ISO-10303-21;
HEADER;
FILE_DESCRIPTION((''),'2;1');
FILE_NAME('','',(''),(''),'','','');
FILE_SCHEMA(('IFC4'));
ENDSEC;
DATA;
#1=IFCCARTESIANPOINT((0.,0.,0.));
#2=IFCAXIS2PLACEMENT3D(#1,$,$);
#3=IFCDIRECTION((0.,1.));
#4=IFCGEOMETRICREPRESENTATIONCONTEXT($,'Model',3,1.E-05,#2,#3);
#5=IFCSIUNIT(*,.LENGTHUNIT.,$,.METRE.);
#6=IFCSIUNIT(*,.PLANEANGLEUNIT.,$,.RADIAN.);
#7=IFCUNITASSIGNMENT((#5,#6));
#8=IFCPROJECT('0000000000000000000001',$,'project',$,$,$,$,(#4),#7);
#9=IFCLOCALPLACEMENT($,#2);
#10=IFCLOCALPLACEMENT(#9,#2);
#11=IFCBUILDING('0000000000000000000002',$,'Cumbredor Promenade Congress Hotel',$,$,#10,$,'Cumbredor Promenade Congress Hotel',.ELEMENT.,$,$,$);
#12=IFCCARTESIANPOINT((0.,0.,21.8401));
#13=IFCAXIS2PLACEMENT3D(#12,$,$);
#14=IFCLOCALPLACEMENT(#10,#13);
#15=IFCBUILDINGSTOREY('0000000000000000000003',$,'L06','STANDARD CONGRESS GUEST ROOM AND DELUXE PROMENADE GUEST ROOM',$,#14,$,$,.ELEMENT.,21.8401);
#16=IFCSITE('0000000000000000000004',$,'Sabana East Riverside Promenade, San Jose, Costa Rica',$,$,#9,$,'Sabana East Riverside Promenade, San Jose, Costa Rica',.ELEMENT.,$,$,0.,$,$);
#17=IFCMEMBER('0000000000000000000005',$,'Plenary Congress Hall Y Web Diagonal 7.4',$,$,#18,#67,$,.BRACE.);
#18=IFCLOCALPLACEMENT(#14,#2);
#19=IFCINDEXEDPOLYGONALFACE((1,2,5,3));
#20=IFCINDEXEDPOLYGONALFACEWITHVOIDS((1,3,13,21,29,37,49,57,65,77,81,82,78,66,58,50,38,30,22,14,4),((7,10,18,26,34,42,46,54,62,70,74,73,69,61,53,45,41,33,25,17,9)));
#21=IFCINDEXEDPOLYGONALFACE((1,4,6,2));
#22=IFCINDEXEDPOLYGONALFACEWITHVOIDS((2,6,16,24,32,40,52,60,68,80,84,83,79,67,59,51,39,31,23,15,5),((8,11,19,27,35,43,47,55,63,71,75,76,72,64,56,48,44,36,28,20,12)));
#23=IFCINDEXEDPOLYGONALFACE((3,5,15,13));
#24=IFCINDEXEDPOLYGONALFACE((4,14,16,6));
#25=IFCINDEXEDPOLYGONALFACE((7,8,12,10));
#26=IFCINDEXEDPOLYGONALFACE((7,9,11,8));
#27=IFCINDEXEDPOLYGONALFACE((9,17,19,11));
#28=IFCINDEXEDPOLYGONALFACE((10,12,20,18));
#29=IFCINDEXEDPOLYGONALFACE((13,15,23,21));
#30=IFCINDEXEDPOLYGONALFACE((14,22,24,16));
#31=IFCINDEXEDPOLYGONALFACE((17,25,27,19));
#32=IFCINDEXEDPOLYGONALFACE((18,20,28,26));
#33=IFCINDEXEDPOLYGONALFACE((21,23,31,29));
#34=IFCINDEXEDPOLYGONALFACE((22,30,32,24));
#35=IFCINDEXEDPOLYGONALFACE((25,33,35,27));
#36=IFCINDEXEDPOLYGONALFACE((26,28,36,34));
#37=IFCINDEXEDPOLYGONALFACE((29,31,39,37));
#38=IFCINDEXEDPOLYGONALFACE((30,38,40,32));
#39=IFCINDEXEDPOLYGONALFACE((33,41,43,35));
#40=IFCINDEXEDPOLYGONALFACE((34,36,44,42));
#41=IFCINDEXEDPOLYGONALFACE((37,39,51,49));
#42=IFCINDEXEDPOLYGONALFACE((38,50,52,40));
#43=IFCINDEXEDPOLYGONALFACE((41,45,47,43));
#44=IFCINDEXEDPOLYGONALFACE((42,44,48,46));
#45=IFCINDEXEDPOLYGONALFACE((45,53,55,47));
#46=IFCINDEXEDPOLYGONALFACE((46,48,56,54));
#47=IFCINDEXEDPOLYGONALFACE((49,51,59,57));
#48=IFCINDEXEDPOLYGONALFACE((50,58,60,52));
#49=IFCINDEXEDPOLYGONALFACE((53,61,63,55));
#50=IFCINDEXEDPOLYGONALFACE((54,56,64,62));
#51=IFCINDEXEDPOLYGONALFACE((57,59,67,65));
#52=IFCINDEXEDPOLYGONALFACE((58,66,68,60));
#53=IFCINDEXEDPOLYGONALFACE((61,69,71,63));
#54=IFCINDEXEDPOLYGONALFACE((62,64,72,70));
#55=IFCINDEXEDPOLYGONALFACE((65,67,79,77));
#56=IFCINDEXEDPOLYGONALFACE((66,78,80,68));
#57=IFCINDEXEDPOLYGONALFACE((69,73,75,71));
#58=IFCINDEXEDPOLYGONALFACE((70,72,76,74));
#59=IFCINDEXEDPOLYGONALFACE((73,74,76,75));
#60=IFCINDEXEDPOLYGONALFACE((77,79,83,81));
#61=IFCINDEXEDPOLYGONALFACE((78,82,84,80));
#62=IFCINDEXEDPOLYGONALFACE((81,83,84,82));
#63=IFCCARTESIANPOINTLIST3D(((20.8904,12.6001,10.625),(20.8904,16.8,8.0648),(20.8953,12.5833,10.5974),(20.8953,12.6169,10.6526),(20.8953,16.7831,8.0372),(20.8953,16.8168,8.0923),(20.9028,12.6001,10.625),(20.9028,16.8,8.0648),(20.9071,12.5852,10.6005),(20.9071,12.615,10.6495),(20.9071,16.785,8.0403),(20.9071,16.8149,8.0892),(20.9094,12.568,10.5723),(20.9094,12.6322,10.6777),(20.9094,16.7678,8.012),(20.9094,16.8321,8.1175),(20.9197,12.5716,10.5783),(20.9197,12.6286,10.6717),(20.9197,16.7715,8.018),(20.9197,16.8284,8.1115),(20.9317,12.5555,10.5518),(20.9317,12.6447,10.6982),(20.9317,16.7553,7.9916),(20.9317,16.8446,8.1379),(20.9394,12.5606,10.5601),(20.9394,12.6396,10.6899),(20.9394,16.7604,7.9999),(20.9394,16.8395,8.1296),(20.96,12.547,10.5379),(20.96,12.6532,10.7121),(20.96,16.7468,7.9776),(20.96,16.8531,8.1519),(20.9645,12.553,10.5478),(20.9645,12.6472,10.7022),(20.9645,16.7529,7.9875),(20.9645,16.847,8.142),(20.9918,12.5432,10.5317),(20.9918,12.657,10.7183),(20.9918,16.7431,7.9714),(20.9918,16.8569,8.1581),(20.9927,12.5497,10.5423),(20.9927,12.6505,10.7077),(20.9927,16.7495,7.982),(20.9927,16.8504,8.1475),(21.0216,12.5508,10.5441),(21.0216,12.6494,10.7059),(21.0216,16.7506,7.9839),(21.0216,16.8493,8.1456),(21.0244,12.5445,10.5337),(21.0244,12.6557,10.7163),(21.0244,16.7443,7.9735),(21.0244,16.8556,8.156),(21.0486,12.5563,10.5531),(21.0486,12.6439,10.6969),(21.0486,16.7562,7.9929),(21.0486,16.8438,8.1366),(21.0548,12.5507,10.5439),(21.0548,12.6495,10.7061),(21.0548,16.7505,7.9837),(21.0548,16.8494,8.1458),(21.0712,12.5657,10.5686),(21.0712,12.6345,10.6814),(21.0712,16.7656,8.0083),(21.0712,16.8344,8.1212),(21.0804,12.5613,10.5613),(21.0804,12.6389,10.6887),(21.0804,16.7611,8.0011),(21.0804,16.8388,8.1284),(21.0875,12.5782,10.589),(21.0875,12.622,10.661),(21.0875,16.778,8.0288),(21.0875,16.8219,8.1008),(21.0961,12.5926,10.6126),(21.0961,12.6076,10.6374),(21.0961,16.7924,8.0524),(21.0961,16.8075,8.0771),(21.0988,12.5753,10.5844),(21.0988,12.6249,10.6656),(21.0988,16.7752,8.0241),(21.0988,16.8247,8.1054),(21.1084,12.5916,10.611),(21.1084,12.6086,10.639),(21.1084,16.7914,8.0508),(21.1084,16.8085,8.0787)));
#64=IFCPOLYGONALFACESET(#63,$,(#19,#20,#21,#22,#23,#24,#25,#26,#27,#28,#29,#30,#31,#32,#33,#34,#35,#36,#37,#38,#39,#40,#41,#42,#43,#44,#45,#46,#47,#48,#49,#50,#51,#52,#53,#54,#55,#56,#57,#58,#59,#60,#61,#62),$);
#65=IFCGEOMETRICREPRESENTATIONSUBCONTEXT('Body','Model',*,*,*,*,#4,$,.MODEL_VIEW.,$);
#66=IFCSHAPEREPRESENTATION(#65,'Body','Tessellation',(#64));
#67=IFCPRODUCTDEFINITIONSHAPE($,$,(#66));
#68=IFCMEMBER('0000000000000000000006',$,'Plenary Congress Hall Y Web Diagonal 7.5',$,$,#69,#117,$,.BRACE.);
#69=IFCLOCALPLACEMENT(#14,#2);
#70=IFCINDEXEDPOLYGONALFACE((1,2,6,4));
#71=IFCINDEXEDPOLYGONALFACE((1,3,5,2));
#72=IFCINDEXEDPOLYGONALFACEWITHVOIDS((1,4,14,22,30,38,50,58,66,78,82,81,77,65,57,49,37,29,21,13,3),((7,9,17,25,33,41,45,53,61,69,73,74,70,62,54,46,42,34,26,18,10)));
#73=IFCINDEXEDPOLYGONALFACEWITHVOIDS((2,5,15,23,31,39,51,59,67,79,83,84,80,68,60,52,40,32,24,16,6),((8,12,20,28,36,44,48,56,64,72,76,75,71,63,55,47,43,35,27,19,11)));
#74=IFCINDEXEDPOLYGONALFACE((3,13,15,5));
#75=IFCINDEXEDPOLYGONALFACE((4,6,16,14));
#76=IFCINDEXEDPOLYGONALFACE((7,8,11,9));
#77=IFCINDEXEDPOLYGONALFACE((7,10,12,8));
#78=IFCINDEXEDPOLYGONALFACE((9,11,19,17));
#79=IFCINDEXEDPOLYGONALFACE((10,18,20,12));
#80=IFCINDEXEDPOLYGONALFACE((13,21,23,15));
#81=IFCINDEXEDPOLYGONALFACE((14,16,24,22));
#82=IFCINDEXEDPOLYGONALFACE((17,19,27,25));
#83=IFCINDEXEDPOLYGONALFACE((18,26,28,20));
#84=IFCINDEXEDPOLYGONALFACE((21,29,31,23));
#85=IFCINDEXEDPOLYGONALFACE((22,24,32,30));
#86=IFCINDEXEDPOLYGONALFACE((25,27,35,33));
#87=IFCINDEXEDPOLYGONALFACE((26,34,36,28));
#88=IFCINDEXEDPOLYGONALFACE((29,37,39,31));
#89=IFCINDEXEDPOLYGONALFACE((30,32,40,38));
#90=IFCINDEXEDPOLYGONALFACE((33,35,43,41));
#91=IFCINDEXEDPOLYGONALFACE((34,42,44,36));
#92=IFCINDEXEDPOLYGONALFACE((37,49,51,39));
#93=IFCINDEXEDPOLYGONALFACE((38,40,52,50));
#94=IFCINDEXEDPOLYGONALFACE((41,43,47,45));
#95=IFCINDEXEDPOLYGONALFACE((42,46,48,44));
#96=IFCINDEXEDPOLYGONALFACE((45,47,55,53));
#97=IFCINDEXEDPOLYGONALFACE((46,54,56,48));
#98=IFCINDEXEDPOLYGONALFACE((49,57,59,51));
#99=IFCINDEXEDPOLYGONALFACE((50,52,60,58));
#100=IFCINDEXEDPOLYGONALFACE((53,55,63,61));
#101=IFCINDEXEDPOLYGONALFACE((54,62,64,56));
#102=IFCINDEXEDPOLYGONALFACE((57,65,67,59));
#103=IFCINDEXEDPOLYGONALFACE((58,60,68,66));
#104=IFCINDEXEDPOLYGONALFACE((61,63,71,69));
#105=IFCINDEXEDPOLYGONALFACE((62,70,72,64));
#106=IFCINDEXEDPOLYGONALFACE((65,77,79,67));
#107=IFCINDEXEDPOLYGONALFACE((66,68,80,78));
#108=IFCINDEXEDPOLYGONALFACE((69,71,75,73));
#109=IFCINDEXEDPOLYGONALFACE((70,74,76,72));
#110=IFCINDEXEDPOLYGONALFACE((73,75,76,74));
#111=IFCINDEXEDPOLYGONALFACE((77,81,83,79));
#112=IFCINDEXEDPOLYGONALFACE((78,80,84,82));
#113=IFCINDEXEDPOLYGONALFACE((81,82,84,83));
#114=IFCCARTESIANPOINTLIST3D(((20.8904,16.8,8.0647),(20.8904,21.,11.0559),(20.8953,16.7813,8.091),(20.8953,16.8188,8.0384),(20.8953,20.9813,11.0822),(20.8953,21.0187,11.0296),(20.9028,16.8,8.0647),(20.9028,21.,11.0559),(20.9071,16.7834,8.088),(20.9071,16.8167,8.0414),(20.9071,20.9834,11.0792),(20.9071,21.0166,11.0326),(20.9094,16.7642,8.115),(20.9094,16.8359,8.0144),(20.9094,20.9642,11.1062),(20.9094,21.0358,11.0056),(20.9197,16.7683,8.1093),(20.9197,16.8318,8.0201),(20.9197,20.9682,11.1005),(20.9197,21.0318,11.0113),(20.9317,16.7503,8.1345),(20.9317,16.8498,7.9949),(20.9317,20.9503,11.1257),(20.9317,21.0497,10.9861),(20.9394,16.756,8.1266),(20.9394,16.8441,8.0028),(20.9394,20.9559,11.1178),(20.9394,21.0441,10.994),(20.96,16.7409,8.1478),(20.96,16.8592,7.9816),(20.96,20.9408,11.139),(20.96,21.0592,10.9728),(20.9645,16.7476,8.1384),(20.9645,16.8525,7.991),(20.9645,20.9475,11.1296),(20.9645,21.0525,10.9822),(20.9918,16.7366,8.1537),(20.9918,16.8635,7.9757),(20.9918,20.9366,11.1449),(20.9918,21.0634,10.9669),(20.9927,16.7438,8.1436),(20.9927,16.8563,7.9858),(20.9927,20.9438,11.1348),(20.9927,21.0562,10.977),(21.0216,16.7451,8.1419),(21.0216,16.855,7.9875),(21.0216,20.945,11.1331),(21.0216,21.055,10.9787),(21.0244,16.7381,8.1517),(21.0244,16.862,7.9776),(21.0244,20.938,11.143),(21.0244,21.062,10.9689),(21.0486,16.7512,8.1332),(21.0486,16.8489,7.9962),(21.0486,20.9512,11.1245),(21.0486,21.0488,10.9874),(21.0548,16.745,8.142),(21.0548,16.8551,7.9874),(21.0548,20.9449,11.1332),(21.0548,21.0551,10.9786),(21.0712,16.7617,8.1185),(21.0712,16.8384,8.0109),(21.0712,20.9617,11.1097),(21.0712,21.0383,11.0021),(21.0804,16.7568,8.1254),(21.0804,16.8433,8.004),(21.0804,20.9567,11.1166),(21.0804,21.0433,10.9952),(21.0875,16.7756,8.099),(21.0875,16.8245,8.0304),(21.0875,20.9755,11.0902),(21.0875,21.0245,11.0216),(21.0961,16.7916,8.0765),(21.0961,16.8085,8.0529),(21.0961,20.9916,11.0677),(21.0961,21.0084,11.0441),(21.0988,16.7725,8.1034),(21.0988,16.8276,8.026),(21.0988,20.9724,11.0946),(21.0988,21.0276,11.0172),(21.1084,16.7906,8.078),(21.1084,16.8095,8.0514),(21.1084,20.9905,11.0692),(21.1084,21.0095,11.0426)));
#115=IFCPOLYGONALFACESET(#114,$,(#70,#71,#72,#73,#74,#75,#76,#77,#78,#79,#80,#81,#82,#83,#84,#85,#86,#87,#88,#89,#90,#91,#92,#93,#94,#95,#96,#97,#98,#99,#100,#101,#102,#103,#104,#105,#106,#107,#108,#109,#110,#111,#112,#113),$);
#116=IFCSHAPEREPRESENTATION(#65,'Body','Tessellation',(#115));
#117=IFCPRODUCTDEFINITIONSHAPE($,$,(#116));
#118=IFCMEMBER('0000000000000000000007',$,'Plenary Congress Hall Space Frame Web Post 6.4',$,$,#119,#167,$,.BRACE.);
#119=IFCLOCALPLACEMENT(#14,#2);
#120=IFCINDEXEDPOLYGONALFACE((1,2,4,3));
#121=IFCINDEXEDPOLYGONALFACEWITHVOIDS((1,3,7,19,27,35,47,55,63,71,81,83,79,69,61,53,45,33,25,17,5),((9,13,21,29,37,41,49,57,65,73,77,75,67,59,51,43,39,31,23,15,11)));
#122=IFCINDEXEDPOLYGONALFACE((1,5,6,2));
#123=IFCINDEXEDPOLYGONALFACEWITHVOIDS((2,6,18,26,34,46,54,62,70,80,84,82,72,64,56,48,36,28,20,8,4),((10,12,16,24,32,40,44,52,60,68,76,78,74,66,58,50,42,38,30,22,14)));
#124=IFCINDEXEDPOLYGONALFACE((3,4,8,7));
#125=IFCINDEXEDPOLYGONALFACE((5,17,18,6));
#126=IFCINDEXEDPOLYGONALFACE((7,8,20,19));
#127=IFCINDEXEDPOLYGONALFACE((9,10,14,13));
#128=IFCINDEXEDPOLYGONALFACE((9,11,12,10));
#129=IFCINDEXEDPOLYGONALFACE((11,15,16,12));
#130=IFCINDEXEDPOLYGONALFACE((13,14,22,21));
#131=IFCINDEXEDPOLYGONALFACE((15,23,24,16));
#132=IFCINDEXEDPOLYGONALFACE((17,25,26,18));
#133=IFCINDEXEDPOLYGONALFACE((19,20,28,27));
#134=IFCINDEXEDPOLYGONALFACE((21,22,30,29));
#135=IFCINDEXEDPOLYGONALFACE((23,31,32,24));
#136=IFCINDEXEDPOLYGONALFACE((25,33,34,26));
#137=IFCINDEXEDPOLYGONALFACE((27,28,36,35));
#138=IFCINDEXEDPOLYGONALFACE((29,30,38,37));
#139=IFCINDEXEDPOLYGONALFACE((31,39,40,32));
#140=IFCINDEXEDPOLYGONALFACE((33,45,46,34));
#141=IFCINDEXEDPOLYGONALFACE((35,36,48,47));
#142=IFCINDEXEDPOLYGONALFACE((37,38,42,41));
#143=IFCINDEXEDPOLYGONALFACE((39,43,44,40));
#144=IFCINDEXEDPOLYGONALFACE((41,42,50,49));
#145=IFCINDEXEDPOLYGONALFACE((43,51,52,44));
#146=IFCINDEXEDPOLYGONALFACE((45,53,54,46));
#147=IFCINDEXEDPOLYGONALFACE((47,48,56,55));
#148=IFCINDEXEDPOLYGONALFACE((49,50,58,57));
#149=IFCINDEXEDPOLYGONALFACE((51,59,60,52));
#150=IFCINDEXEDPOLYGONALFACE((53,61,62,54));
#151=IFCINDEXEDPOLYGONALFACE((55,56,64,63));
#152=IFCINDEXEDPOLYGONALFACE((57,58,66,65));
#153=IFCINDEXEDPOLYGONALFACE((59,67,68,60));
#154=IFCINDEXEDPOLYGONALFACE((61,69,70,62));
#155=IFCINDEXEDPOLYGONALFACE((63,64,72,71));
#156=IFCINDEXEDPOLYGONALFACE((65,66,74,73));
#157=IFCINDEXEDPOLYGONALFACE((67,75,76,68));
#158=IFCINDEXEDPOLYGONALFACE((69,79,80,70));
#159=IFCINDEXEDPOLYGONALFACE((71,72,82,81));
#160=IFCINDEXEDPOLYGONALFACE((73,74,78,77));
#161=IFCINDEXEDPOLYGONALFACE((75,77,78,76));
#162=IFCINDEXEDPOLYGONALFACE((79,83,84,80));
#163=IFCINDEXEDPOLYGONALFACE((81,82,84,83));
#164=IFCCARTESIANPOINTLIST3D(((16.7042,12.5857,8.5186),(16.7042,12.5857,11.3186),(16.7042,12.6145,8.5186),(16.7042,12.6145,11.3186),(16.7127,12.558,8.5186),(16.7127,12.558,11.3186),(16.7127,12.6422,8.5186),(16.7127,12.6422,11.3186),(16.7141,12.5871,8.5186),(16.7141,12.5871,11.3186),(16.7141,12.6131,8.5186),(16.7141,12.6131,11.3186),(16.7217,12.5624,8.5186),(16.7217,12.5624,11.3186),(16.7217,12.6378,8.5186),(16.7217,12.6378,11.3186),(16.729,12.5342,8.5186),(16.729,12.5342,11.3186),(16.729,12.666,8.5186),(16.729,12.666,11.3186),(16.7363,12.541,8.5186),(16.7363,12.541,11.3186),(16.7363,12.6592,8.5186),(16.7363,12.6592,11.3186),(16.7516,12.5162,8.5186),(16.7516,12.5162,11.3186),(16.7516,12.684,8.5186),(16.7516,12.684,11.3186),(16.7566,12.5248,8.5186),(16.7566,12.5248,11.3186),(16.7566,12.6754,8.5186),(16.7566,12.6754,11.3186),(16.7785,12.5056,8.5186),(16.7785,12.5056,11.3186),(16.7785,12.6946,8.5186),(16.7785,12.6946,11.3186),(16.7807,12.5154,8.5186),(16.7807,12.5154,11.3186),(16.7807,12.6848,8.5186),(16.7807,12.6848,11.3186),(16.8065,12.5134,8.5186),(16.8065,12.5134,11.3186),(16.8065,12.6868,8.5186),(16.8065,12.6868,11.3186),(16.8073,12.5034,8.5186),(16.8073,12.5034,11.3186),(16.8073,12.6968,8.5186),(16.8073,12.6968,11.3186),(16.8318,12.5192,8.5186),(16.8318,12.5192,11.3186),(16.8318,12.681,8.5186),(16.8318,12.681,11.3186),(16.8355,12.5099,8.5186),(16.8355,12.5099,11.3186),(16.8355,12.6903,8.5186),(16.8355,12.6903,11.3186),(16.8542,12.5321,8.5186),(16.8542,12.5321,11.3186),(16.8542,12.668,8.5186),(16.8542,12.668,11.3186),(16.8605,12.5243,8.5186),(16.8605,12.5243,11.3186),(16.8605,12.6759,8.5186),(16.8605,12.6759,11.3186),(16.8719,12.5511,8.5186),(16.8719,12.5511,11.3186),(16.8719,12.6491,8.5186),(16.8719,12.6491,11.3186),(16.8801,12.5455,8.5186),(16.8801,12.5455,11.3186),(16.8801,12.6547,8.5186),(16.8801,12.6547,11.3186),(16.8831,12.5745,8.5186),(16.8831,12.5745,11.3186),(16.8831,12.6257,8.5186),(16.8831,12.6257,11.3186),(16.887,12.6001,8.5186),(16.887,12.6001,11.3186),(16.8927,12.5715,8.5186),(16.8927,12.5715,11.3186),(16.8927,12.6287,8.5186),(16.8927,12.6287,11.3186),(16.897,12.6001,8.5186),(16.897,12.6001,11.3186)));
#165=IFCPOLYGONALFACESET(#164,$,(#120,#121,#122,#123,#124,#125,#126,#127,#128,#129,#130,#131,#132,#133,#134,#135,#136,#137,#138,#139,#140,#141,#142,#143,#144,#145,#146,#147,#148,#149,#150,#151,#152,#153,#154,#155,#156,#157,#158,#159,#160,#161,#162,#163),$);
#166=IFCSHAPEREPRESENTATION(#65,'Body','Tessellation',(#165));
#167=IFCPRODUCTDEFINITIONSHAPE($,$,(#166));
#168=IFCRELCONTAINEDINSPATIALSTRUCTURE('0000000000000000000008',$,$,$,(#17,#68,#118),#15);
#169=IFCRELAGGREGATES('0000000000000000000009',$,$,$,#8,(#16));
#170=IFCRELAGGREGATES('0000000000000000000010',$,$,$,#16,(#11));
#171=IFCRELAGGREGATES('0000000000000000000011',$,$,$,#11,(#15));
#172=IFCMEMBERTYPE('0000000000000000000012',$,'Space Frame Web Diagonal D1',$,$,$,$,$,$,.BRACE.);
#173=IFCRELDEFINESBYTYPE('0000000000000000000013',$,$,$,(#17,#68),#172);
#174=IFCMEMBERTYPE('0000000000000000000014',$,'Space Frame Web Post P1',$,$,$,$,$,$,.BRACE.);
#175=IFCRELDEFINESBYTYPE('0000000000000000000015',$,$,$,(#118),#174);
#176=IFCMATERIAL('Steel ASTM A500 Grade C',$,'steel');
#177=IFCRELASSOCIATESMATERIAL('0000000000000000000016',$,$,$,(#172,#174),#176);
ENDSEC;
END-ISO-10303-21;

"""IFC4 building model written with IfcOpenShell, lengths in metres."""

from ifc_helpers import new_model, si_unit, direction, frame, origin, origin_2d, place, context, subcontext, project, spatial, hollow_circle, extrude, material, material_profile, profile_set, type_object, element, save


model = new_model("IFC4")

# Units and contexts
model_context = context("Model", 3, precision=1e-05, world=origin(), true_north=direction((0.0, 1.0)))
body_context = subcontext(model_context, "Body", "Model", "MODEL_VIEW")
ifc_project = project(units=[si_unit("LENGTHUNIT", "METRE"), si_unit("PLANEANGLEUNIT", "RADIAN")], contexts=[model_context])

# Site, building, storey
site_placement = place(None, origin())
site = spatial("IfcSite", under=ifc_project, at=site_placement, Name="Sabana East Riverside Promenade, San Jose, Costa Rica", LongName="Sabana East Riverside Promenade, San Jose, Costa Rica", CompositionType="ELEMENT", RefElevation=0.0)
building_placement = place(site_placement, origin())
building = spatial("IfcBuilding", under=site, at=building_placement, Name="Cumbredor Promenade Congress Hotel", LongName="Cumbredor Promenade Congress Hotel", CompositionType="ELEMENT")
storey_placement = place(building_placement, frame((0.0, 0.0, 21.8401)))
storey = spatial("IfcBuildingStorey", under=building, at=storey_placement, Name="L06", Description="STANDARD CONGRESS GUEST ROOM AND DELUXE PROMENADE GUEST ROOM", CompositionType="ELEMENT", Elevation=21.8401)

# Members
ifc_material_1 = material(Name="Steel ASTM A500 Grade C", Category="steel")
ifc_material_profile_1 = material_profile(ifc_material_1, hollow_circle(Radius=0.1096, WallThickness=0.0125, at=origin_2d()), Name="CHS 219.1x12.5")
ifc_profile_set_1 = profile_set([ifc_material_profile_1], Name="Steel ASTM A500 Grade C")
member_type_1 = type_object("IfcMemberType", Name="Space Frame Web Diagonal D1", PredefinedType="BRACE", material=ifc_profile_set_1)
member_1_placement = place(storey_placement, frame((21.0, 12.6001, 10.625), z_axis=(0.0, 0.853854, -0.520512), x_axis=(-1.0, 0.0, 0.0)))
element("IfcMember", 1, at=member_1_placement, inside=storey, type_object=member_type_1, Name="Plenary Congress Hall Y Web Diagonal 7.4", PredefinedType="BRACE", context=body_context, shape_type="SweptSolid", body=[
    extrude(hollow_circle(Radius=0.1096, WallThickness=0.0125, at=origin_2d()), origin(), (0.0, 0.0, 1.0), 4.9187),
])
member_2_placement = place(storey_placement, frame((21.0, 16.8, 8.0647), z_axis=(0.0, 0.814536, 0.580113), x_axis=(-1.0, 0.0, 0.0)))
element("IfcMember", 2, at=member_2_placement, inside=storey, type_object=member_type_1, Name="Plenary Congress Hall Y Web Diagonal 7.5", PredefinedType="BRACE", context=body_context, shape_type="SweptSolid", body=[
    extrude(hollow_circle(Radius=0.1096, WallThickness=0.0125, at=origin_2d()), origin(), (0.0, 0.0, 1.0), 5.1562),
])
ifc_material_profile_2 = material_profile(ifc_material_1, hollow_circle(Radius=0.0969, WallThickness=0.01, at=origin_2d()), Name="CHS 193.7x10")
ifc_profile_set_2 = profile_set([ifc_material_profile_2], Name="Steel ASTM A500 Grade C")
member_type_2 = type_object("IfcMemberType", Name="Space Frame Web Post P1", PredefinedType="BRACE", material=ifc_profile_set_2)
for number, where, z_axis, x_axis, name in (
    (3, (16.8, 12.6001, 8.5186), (0.0, 0.0, 1.0), (1.0, 0.0, 0.0), "Plenary Congress Hall Space Frame Web Post 6.4"),
):
    element("IfcMember", number, at=place(storey_placement, frame(where, z_axis=z_axis, x_axis=x_axis)), inside=storey, type_object=member_type_2, Name=name, PredefinedType="BRACE", context=body_context, shape_type="SweptSolid", body=[
        extrude(hollow_circle(Radius=0.0969, WallThickness=0.01, at=origin_2d()), origin(), (0.0, 0.0, 1.0), 2.8),
    ])

save(model, "model.ifc")
